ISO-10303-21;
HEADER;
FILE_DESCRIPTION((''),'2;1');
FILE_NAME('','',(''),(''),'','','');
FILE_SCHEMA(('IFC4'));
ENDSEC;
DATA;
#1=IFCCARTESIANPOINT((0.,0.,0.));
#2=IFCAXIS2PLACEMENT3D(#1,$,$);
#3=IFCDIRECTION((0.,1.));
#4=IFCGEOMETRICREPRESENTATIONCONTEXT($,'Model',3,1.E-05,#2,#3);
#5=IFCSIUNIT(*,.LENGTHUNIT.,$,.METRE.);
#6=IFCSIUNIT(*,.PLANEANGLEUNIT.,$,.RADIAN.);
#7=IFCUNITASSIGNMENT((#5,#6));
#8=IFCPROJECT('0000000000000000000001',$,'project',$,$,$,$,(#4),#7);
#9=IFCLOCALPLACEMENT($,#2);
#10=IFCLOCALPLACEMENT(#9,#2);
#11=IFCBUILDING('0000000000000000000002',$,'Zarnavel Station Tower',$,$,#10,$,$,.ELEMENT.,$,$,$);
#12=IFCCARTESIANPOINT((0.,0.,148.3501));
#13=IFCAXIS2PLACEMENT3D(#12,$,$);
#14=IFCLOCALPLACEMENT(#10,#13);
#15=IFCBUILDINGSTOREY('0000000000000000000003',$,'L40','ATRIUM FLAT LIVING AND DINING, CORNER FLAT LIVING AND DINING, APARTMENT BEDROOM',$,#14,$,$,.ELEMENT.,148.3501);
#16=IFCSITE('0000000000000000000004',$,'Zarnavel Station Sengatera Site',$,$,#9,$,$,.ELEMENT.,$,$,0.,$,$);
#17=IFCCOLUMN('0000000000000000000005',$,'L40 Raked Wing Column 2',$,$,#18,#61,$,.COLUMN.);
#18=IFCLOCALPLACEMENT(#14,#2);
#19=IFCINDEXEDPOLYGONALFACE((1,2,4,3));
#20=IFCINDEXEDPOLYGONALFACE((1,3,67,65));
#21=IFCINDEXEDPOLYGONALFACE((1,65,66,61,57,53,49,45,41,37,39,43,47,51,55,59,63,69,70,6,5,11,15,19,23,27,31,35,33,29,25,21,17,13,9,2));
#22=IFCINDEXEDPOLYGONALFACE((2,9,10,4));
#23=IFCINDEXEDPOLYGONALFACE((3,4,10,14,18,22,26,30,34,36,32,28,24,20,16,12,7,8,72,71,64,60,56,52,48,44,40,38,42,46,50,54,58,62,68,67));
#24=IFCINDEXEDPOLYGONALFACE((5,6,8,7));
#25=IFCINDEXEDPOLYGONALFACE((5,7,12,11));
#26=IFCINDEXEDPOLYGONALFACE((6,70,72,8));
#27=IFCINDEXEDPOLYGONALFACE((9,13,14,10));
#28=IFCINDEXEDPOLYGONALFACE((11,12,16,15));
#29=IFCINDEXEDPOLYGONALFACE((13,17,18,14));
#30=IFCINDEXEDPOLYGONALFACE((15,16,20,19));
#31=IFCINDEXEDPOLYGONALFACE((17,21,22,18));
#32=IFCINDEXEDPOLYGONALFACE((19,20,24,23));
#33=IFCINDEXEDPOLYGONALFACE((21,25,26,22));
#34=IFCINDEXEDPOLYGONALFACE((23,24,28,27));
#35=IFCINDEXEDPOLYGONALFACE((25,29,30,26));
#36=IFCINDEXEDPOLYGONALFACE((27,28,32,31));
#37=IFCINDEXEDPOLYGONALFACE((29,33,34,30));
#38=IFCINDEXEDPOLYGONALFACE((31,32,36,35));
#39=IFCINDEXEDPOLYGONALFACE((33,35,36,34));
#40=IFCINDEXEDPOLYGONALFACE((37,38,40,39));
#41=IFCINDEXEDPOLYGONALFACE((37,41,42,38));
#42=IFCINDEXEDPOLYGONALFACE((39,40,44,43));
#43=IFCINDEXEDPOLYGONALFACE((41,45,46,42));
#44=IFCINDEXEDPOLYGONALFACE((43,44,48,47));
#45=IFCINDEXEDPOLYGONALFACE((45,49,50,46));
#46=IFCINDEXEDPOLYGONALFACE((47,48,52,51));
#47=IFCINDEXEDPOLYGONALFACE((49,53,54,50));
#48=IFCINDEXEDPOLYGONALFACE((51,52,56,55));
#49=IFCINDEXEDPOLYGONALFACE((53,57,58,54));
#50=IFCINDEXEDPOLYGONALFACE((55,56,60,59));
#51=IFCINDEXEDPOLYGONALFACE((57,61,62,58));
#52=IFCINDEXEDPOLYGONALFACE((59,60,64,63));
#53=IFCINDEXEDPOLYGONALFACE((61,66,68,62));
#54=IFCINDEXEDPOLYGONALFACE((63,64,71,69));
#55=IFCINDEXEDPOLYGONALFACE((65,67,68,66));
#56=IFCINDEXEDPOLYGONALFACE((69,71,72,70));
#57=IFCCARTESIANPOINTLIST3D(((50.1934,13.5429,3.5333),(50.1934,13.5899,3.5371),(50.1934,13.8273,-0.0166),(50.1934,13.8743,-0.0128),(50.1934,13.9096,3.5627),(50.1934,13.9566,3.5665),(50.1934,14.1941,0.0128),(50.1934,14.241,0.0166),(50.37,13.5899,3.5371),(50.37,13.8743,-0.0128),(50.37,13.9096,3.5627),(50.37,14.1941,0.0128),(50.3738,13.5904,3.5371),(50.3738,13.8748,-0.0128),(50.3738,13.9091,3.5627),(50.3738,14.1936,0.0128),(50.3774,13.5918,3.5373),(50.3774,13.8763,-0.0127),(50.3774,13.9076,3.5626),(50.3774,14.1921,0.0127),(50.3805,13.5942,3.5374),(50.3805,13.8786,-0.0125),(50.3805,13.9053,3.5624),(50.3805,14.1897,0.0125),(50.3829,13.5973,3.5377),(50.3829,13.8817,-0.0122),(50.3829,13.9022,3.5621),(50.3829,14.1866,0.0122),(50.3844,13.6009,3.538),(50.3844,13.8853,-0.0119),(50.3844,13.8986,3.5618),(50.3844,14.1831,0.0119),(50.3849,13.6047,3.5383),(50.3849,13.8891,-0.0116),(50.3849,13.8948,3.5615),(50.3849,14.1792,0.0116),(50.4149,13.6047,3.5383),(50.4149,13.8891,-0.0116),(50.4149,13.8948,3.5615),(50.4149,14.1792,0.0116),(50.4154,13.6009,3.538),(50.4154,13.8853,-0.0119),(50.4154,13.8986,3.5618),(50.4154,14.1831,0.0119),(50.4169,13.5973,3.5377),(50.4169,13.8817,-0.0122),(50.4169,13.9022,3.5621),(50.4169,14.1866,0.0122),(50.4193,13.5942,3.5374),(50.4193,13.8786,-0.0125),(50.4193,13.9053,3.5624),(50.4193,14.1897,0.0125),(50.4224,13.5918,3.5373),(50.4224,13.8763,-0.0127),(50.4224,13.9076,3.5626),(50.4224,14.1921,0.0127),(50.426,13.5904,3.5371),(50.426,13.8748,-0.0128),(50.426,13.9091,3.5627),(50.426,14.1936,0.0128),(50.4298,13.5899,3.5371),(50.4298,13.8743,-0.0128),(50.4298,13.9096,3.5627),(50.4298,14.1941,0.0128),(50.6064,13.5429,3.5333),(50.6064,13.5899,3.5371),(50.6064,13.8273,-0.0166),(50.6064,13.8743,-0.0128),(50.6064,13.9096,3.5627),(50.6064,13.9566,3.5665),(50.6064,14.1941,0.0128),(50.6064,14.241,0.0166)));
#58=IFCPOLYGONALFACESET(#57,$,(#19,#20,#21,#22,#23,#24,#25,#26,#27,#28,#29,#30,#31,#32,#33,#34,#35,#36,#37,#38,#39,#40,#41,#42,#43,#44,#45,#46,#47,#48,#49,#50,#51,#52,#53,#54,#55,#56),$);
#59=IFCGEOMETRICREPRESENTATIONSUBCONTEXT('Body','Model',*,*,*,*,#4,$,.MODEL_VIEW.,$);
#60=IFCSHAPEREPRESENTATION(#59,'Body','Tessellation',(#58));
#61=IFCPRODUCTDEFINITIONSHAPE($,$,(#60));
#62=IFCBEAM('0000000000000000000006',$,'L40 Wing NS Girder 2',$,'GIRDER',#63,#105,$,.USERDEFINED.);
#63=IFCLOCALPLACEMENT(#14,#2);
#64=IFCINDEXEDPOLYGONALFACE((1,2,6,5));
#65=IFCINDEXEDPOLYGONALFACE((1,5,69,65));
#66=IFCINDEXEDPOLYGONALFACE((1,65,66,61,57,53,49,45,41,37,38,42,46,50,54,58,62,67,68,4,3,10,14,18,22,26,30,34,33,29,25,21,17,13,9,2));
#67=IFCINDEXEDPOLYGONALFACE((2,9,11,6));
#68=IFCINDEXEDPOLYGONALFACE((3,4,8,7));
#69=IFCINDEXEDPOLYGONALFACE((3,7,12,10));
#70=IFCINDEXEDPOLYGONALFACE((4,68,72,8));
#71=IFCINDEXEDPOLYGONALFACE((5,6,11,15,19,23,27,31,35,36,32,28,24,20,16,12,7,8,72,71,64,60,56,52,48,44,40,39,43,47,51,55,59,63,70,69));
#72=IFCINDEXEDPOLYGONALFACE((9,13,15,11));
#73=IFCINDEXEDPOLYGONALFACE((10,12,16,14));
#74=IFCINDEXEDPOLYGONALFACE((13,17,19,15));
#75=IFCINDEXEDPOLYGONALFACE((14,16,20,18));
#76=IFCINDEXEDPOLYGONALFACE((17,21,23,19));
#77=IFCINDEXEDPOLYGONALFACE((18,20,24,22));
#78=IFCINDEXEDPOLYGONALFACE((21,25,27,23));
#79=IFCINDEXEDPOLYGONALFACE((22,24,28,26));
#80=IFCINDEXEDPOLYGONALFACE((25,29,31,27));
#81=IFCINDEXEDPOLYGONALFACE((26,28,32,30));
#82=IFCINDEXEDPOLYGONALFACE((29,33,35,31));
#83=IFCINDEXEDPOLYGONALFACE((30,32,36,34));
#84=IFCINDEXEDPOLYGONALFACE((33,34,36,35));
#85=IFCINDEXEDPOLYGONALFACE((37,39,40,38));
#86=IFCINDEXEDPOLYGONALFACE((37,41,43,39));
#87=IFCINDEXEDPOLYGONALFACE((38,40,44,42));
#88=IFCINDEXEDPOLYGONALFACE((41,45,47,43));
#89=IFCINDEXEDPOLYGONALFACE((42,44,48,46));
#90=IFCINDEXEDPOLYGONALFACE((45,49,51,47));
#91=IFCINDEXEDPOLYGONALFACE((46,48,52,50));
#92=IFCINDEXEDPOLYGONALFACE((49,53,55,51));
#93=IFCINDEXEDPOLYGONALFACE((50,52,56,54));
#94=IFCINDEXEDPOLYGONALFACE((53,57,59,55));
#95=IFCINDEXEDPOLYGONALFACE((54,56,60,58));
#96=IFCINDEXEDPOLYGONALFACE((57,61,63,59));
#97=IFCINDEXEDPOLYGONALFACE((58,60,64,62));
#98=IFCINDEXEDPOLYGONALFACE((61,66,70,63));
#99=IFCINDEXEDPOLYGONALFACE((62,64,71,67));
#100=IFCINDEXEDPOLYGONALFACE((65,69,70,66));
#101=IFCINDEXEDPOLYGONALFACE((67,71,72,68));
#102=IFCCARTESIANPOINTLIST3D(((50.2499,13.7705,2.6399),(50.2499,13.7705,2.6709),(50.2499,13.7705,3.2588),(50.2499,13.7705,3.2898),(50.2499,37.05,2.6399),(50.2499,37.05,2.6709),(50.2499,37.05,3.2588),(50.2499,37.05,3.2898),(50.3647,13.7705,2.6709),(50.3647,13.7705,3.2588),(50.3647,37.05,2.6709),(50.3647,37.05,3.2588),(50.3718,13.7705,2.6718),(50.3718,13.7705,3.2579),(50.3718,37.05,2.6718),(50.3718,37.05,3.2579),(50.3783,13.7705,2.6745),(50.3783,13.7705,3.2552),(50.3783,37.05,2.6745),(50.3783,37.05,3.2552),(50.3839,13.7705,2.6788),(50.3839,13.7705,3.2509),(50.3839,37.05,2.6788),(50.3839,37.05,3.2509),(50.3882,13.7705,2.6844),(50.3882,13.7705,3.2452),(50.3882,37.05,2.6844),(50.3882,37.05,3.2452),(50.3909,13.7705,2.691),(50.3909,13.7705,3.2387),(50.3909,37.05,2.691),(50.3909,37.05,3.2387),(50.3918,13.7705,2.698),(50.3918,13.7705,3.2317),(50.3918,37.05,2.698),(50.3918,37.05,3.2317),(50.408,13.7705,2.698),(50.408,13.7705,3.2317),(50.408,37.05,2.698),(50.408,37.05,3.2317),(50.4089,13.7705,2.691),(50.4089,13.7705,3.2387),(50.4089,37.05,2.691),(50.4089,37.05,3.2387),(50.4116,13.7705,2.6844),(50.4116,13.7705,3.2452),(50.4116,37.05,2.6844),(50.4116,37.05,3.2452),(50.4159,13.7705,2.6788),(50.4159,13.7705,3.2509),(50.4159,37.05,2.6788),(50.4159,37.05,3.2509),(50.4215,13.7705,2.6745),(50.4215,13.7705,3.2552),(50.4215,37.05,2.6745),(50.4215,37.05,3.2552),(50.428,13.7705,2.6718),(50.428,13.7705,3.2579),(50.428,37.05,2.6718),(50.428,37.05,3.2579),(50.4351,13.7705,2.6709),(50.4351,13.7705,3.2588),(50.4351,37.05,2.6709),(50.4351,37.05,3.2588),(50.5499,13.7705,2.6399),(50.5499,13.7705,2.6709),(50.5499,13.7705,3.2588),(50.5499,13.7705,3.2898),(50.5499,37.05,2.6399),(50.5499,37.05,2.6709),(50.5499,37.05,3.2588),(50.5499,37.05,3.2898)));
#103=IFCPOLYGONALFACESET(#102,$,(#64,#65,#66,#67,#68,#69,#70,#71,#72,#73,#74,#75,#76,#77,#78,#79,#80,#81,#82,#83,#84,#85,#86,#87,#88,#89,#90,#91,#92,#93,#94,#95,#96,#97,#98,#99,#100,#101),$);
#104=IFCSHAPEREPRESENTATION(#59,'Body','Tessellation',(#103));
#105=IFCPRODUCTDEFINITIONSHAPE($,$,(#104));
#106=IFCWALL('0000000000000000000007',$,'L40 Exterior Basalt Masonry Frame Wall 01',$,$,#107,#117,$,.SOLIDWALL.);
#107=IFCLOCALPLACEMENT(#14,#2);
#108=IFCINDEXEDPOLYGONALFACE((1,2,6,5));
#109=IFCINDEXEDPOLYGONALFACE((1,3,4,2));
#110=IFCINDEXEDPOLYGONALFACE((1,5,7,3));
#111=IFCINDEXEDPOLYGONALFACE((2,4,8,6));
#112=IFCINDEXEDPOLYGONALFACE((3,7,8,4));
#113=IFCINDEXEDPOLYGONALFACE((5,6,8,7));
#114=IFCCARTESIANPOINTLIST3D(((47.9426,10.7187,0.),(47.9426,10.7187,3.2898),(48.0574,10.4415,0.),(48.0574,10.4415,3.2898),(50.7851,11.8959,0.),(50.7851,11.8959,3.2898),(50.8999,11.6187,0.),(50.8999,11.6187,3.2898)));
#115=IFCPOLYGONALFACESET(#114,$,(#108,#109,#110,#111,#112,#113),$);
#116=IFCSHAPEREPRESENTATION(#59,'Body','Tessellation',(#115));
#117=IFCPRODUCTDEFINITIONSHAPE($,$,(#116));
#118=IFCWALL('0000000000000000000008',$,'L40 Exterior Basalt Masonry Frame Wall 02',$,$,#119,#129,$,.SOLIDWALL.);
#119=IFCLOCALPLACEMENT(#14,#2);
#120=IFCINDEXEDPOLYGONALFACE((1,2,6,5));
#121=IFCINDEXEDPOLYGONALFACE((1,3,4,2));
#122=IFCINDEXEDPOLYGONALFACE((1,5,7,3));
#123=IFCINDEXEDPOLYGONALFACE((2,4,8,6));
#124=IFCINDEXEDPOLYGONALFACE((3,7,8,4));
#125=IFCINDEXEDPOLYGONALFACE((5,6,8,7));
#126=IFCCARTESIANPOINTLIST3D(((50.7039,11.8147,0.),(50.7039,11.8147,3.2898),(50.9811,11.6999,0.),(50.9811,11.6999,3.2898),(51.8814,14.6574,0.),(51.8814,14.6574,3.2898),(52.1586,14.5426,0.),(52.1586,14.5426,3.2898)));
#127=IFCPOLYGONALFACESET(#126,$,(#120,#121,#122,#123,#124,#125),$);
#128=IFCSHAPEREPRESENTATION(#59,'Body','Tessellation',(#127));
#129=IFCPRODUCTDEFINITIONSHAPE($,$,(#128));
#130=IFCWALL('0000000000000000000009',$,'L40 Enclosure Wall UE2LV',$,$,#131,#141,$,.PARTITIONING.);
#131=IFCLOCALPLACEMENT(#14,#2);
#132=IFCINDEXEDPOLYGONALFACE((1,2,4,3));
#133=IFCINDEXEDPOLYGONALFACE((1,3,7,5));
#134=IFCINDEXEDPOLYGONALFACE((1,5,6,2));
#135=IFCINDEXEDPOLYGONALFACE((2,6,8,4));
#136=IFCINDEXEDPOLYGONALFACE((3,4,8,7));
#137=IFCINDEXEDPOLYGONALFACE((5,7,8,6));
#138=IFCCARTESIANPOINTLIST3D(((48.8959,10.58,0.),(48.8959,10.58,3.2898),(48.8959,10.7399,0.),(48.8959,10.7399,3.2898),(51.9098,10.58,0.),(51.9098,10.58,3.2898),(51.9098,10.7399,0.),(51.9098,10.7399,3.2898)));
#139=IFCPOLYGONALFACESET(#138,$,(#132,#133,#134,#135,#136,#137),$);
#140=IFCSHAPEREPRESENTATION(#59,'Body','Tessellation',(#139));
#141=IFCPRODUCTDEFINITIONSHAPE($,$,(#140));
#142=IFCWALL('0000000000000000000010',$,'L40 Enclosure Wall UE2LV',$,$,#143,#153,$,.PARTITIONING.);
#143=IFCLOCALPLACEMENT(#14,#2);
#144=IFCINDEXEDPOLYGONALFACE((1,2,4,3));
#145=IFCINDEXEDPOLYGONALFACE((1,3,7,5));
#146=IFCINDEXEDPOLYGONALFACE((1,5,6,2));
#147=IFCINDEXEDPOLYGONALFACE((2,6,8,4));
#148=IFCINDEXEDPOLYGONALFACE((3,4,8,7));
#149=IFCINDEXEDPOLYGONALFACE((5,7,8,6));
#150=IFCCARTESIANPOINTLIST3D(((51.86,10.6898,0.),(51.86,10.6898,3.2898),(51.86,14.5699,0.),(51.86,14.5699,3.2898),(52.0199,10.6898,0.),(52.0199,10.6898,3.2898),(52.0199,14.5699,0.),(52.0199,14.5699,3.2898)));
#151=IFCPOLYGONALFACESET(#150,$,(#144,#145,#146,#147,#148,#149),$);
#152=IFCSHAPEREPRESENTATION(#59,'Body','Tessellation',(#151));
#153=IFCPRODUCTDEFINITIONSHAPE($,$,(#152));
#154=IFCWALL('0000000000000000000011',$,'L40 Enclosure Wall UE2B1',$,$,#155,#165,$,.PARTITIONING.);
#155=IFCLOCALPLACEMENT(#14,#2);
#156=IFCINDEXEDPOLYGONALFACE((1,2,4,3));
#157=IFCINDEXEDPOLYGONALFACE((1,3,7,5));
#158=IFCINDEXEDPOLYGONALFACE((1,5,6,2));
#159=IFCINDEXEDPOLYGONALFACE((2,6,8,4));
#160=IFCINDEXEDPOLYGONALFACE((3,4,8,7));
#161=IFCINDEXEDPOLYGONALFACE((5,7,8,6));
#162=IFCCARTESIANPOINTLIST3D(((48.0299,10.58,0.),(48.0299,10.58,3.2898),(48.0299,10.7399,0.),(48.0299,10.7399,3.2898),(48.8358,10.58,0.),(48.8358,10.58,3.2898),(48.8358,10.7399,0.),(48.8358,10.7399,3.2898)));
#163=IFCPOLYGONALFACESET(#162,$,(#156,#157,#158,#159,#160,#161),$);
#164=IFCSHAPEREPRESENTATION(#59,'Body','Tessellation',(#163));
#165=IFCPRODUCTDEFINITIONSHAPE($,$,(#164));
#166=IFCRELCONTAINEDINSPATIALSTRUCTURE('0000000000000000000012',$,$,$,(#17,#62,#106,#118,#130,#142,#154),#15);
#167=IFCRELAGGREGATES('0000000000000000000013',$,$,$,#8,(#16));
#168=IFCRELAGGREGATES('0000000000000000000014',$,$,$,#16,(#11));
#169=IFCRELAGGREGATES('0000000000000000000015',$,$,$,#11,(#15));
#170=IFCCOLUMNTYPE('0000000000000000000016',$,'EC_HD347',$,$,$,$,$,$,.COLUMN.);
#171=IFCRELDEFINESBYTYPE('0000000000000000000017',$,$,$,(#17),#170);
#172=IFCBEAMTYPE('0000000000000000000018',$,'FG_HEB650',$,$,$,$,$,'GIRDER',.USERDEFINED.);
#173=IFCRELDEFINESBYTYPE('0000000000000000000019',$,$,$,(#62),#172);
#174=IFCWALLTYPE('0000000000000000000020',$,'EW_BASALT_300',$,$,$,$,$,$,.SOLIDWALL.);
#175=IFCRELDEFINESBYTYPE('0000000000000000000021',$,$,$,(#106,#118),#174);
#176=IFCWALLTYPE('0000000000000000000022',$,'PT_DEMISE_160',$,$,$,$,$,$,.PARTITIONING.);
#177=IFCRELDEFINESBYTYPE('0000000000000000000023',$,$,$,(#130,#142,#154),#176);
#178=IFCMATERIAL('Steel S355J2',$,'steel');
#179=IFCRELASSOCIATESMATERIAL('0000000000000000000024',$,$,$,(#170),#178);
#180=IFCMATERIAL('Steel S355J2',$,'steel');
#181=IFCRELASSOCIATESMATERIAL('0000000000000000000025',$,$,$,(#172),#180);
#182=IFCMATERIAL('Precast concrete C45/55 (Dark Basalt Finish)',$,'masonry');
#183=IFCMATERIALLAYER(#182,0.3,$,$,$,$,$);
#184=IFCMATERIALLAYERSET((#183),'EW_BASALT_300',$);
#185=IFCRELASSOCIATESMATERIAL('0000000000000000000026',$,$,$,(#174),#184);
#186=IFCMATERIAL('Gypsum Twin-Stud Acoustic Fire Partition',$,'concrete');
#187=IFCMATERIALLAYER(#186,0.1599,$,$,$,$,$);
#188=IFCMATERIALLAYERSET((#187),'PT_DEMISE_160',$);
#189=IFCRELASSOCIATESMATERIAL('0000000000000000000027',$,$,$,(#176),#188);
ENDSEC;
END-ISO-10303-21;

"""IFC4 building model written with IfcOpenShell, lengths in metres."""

from ifc_helpers import new_model, si_unit, direction, frame, frame_2d, origin, origin_2d, place, context, subcontext, project, spatial, rectangle, i_section, extrude, material, layer, layer_set, material_profile, profile_set, type_object, element, save


model = new_model("IFC4")

# Units and contexts
model_context = context("Model", 3, precision=1e-05, world=origin(), true_north=direction((0.0, 1.0)))
body_context = subcontext(model_context, "Body", "Model", "MODEL_VIEW")
ifc_project = project(units=[si_unit("LENGTHUNIT", "METRE"), si_unit("PLANEANGLEUNIT", "RADIAN")], contexts=[model_context])

# Site, building, storey
site_placement = place(None, origin())
site = spatial("IfcSite", under=ifc_project, at=site_placement, Name="Zarnavel Station Sengatera Site", CompositionType="ELEMENT", RefElevation=0.0)
building_placement = place(site_placement, origin())
building = spatial("IfcBuilding", under=site, at=building_placement, Name="Zarnavel Station Tower", CompositionType="ELEMENT")
storey_placement = place(building_placement, frame((0.0, 0.0, 148.3501)))
storey = spatial("IfcBuildingStorey", under=building, at=storey_placement, Name="L40", Description="ATRIUM FLAT LIVING AND DINING, CORNER FLAT LIVING AND DINING, APARTMENT BEDROOM", CompositionType="ELEMENT", Elevation=148.3501)

# Column
ifc_material_1 = material(Name="Steel S355J2", Category="steel")
ifc_material_profile_1 = material_profile(ifc_material_1, i_section(OverallWidth=0.4131, OverallDepth=0.415, WebThickness=0.03, FlangeThickness=0.0471, FilletRadius=0.0149, at=origin_2d()), Name="HD400x347")
ifc_profile_set_1 = profile_set([ifc_material_profile_1], Name="Steel S355J2")
column_type = type_object("IfcColumnType", Name="EC_HD347", PredefinedType="COLUMN", material=ifc_profile_set_1)
column_placement = place(storey_placement, frame((50.3999, 14.0342, 0.0), z_axis=(0.0, -0.079868, 0.996805), x_axis=(1.0, 0.0, 0.0)))
element("IfcColumn", 1, at=column_placement, inside=storey, type_object=column_type, Name="L40 Raked Wing Column 2", PredefinedType="COLUMN", context=body_context, shape_type="SweptSolid", body=[
    extrude(i_section(OverallWidth=0.4131, OverallDepth=0.415, WebThickness=0.03, FlangeThickness=0.0471, FilletRadius=0.0149, at=origin_2d()), origin(), (0.0, 0.0, 1.0), 3.5613),
])

# Beam
ifc_material_2 = material(Name="Steel S355J2", Category="steel")
ifc_material_profile_2 = material_profile(ifc_material_2, i_section(OverallWidth=0.3, OverallDepth=0.6499, WebThickness=0.0161, FlangeThickness=0.031, FilletRadius=0.0271, at=origin_2d()), Name="HEB650")
ifc_profile_set_2 = profile_set([ifc_material_profile_2], Name="Steel S355J2")
beam_type = type_object("IfcBeamType", Name="FG_HEB650", ElementType="GIRDER", PredefinedType="USERDEFINED", material=ifc_profile_set_2)
beam_placement = place(storey_placement, frame((50.3999, 13.7705, 2.9648), z_axis=(0.0, 1.0, 0.0), x_axis=(-1.0, 0.0, 0.0)))
element("IfcBeam", 2, at=beam_placement, inside=storey, type_object=beam_type, Name="L40 Wing NS Girder 2", ObjectType="GIRDER", PredefinedType="USERDEFINED", context=body_context, shape_type="SweptSolid", body=[
    extrude(i_section(OverallWidth=0.3, OverallDepth=0.6499, WebThickness=0.0161, FlangeThickness=0.031, FilletRadius=0.0271, at=origin_2d()), origin(), (0.0, 0.0, 1.0), 23.2795),
])

# Walls
ifc_material_3 = material(Name="Precast concrete C45/55 (Dark Basalt Finish)", Category="masonry")
ifc_layer_1 = layer(ifc_material_3, 0.3)
ifc_layer_set_1 = layer_set([ifc_layer_1], Name="EW_BASALT_300")
wall_type_1 = type_object("IfcWallType", Name="EW_BASALT_300", PredefinedType="SOLIDWALL", material=ifc_layer_set_1)
wall_1_placement = place(storey_placement, frame((50.8425, 11.7573, 0.0), z_axis=(0.0, 0.0, 1.0), x_axis=(-0.923899, -0.382637, 0.0)))
element("IfcWall", 3, at=wall_1_placement, inside=storey, type_object=wall_type_1, Name="L40 Exterior Basalt Masonry Frame Wall 01", PredefinedType="SOLIDWALL", context=body_context, shape_type="SweptSolid", body=[
    extrude(rectangle(XDim=3.0767, YDim=0.3, at=frame_2d((1.5383, 0.0))), origin(), (0.0, 0.0, 1.0), 3.2898),
])
wall_2_placement = place(storey_placement, frame((52.02, 14.6001, 0.0), z_axis=(0.0, 0.0, 1.0), x_axis=(-0.382676, -0.923882, 0.0)))
element("IfcWall", 4, at=wall_2_placement, inside=storey, type_object=wall_type_1, Name="L40 Exterior Basalt Masonry Frame Wall 02", PredefinedType="SOLIDWALL", context=body_context, shape_type="SweptSolid", body=[
    extrude(rectangle(XDim=3.0769, YDim=0.3, at=frame_2d((1.5386, 0.0))), origin(), (0.0, 0.0, 1.0), 3.2898),
])

# Walls
ifc_material_4 = material(Name="Gypsum Twin-Stud Acoustic Fire Partition", Category="concrete")
ifc_layer_2 = layer(ifc_material_4, 0.1599)
ifc_layer_set_2 = layer_set([ifc_layer_2], Name="PT_DEMISE_160")
wall_type_2 = type_object("IfcWallType", Name="PT_DEMISE_160", PredefinedType="PARTITIONING", material=ifc_layer_set_2)
wall_3_placement = place(storey_placement, frame((48.896, 10.6599, 0.0), z_axis=(0.0, 0.0, 1.0), x_axis=(1.0, 0.0, 0.0)))
element("IfcWall", 5, at=wall_3_placement, inside=storey, type_object=wall_type_2, Name="L40 Enclosure Wall UE2LV", PredefinedType="PARTITIONING", context=body_context, shape_type="SweptSolid", body=[
    extrude(rectangle(XDim=3.0139, YDim=0.1599, at=frame_2d((1.5068, 0.0))), origin(), (0.0, 0.0, 1.0), 3.2898),
])
wall_4_placement = place(storey_placement, frame((51.9399, 10.6899, 0.0), z_axis=(0.0, 0.0, 1.0), x_axis=(0.0, 1.0, 0.0)))
element("IfcWall", 6, at=wall_4_placement, inside=storey, type_object=wall_type_2, Name="L40 Enclosure Wall UE2LV", PredefinedType="PARTITIONING", context=body_context, shape_type="SweptSolid", body=[
    extrude(rectangle(XDim=3.8801, YDim=0.1599, at=frame_2d((1.9399, 0.0))), origin(), (0.0, 0.0, 1.0), 3.2898),
])
wall_5_placement = place(storey_placement, frame((48.03, 10.6599, 0.0), z_axis=(0.0, 0.0, 1.0), x_axis=(1.0, 0.0, 0.0)))
element("IfcWall", 7, at=wall_5_placement, inside=storey, type_object=wall_type_2, Name="L40 Enclosure Wall UE2B1", PredefinedType="PARTITIONING", context=body_context, shape_type="SweptSolid", body=[
    extrude(rectangle(XDim=0.8059, YDim=0.1599, at=frame_2d((0.4028, 0.0))), origin(), (0.0, 0.0, 1.0), 3.2898),
])

save(model, "model.ifc")
